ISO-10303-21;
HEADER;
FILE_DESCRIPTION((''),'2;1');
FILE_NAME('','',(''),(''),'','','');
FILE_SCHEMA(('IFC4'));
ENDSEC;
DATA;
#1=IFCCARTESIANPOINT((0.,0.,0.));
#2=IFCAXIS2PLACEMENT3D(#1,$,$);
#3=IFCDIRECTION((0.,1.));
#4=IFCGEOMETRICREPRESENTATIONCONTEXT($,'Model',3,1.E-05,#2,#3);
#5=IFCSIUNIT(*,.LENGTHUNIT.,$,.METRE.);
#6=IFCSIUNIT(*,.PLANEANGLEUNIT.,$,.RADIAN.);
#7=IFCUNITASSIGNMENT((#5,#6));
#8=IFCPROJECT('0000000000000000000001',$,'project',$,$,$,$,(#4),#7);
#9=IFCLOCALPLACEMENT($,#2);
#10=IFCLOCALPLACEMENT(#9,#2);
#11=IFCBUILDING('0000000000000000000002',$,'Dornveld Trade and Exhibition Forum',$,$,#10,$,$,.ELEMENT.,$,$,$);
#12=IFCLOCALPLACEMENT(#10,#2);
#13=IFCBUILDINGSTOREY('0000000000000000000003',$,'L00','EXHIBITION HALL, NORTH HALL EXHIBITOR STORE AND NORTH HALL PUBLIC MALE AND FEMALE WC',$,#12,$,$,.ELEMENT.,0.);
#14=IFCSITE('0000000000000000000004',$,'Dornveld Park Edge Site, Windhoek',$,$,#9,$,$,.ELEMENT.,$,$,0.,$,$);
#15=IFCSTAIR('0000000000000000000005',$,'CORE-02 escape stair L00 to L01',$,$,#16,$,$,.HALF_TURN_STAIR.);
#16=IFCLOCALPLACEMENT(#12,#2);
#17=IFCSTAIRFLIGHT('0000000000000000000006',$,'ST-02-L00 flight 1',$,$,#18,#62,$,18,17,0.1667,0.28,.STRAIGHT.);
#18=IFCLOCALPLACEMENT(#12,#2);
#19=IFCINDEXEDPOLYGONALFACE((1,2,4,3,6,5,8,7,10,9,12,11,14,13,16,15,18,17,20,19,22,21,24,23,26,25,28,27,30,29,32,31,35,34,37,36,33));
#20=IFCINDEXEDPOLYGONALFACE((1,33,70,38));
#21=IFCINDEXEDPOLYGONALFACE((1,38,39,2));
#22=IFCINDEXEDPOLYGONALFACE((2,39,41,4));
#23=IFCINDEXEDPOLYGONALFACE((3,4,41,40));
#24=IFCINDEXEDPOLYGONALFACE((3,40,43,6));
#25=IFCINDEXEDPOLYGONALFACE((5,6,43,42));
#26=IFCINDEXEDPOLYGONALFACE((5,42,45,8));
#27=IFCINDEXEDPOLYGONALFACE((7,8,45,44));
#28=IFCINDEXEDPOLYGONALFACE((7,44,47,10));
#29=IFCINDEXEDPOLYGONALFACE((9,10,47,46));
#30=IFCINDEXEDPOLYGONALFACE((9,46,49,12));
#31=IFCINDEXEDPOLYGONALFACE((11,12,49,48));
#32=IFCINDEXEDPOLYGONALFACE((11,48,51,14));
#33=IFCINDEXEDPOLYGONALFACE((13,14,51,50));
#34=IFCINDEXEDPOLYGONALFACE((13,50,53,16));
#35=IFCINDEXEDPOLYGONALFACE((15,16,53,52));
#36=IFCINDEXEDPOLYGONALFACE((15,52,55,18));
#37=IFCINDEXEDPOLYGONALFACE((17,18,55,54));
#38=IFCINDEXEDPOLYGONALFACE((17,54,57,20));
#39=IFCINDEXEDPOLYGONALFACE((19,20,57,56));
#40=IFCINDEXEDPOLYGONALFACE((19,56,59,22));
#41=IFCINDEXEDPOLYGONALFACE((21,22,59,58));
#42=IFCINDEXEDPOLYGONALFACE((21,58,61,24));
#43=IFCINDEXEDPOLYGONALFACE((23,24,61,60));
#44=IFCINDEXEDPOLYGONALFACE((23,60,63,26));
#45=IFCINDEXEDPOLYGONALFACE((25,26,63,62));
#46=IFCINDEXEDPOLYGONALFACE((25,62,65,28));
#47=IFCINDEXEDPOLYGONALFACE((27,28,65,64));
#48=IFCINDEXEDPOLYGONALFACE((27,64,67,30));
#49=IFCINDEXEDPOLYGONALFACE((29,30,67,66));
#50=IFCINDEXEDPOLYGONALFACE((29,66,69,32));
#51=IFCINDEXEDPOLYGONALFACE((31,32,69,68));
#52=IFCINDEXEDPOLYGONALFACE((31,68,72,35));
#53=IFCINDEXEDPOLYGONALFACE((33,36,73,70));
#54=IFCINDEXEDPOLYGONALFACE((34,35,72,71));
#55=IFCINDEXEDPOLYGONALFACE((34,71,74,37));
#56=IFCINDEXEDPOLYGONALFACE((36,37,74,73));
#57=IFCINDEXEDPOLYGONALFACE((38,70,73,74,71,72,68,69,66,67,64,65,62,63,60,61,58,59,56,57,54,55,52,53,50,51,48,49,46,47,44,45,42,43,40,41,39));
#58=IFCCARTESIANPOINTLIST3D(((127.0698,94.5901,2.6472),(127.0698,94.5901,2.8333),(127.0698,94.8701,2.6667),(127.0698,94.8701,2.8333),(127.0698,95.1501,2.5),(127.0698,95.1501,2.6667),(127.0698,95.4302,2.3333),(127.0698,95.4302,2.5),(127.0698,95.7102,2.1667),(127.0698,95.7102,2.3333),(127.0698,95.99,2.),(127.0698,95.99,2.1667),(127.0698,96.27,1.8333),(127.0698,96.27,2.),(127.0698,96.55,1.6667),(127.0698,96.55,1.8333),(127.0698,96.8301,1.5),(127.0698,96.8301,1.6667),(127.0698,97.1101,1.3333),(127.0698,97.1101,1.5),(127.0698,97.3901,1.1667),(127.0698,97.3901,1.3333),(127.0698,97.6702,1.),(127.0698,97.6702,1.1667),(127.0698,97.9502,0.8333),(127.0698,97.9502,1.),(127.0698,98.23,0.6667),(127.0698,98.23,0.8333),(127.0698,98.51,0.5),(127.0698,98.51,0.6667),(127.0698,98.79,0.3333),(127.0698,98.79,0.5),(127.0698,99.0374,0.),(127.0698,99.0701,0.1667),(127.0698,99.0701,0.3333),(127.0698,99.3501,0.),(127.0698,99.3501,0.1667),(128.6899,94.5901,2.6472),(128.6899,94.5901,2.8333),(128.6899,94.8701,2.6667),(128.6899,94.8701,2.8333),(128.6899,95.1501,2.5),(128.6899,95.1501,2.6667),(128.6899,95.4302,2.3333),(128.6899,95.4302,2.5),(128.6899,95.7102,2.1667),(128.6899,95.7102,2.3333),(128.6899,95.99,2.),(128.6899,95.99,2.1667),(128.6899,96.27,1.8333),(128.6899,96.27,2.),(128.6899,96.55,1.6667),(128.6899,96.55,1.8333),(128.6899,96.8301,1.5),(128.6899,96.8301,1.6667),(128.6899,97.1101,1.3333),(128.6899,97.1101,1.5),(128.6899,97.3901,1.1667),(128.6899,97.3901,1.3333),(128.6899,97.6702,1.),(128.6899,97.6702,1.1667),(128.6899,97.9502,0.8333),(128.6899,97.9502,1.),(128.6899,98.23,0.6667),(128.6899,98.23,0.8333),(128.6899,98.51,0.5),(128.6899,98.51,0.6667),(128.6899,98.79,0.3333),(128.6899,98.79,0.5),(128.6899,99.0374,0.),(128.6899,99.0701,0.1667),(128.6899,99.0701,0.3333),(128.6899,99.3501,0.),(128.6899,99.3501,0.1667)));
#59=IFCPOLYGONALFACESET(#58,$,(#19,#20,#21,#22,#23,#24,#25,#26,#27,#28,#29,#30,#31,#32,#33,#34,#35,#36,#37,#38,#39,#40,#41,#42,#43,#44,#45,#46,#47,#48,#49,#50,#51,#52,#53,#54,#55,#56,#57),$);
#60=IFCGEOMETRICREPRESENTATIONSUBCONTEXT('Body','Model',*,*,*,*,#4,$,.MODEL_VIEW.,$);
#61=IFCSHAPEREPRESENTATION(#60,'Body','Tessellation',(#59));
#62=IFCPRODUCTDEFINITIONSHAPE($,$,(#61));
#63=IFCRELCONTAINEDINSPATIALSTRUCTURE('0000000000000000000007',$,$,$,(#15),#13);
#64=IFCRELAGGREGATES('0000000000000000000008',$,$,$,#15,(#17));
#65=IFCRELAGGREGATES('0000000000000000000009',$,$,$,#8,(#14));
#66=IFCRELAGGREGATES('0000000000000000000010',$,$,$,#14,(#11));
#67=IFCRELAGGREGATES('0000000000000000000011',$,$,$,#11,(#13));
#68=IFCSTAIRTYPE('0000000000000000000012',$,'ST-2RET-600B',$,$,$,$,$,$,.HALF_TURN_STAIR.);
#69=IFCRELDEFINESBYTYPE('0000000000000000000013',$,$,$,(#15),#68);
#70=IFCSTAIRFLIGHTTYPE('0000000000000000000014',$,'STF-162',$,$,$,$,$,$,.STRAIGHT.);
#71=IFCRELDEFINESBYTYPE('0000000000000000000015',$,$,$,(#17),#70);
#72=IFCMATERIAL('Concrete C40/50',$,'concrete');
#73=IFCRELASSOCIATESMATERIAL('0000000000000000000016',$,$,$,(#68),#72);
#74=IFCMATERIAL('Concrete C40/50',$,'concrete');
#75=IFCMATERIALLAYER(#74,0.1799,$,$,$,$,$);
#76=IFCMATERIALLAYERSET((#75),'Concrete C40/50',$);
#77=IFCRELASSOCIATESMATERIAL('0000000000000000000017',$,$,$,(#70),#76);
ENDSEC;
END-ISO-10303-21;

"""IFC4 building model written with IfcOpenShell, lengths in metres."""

from ifc_helpers import new_model, si_unit, direction, frame, origin, place, context, subcontext, project, spatial, polyline, outline, extrude, material, layer, layer_set, type_object, element, aggregate, save


model = new_model("IFC4")

# Units and contexts
model_context = context("Model", 3, precision=1e-05, world=origin(), true_north=direction((0.0, 1.0)))
body_context = subcontext(model_context, "Body", "Model", "MODEL_VIEW")
ifc_project = project(units=[si_unit("LENGTHUNIT", "METRE"), si_unit("PLANEANGLEUNIT", "RADIAN")], contexts=[model_context])

# Site, building, storey
site_placement = place(None, origin())
site = spatial("IfcSite", under=ifc_project, at=site_placement, Name="Dornveld Park Edge Site, Windhoek", CompositionType="ELEMENT", RefElevation=0.0)
building_placement = place(site_placement, origin())
building = spatial("IfcBuilding", under=site, at=building_placement, Name="Dornveld Trade and Exhibition Forum", CompositionType="ELEMENT")
storey_placement = place(building_placement, origin())
storey = spatial("IfcBuildingStorey", under=building, at=storey_placement, Name="L00", Description="EXHIBITION HALL, NORTH HALL EXHIBITOR STORE AND NORTH HALL PUBLIC MALE AND FEMALE WC", CompositionType="ELEMENT", Elevation=0.0)

# Stair, stair flight
ifc_material_1 = material(Name="Concrete C40/50", Category="concrete")
stair_type = type_object("IfcStairType", Name="ST-2RET-600B", PredefinedType="HALF_TURN_STAIR", material=ifc_material_1)
stair_placement = place(storey_placement, origin())
stair = element("IfcStair", 1, at=stair_placement, inside=storey, type_object=stair_type, Name="CORE-02 escape stair L00 to L01", PredefinedType="HALF_TURN_STAIR")
ifc_material_2 = material(Name="Concrete C40/50", Category="concrete")
ifc_layer_1 = layer(ifc_material_2, 0.1799)
ifc_layer_set_1 = layer_set([ifc_layer_1], Name="Concrete C40/50")
stair_flight_type = type_object("IfcStairFlightType", Name="STF-162", PredefinedType="STRAIGHT", material=ifc_layer_set_1)
stair_flight_placement = place(storey_placement, frame((127.8799, 99.3501, 0.0), z_axis=(0.0, 0.0, 1.0), x_axis=(0.0, -1.0, 0.0)))
stair_flight = element("IfcStairFlight", 2, at=stair_flight_placement, type_object=stair_flight_type, Name="ST-02-L00 flight 1", NumberOfRisers=18, NumberOfTreads=17, PredefinedType="STRAIGHT", RiserHeight=0.1667, TreadLength=0.28, context=body_context, shape_type="SweptSolid", body=[
    extrude(outline(polyline([(0.0, 0.0), (0.0, 0.1667), (0.28, 0.1667), (0.28, 0.3333), (0.5601, 0.3333), (0.5601, 0.5), (0.8401, 0.5), (0.8401, 0.6667), (1.1201, 0.6667), (1.1201, 0.8333), (1.3999, 0.8333), (1.3999, 1.0), (1.6799, 1.0), (1.6799, 1.1667), (1.96, 1.1667), (1.96, 1.3333), (2.24, 1.3333), (2.24, 1.5), (2.52, 1.5), (2.52, 1.6667), (2.8, 1.6667), (2.8, 1.8333), (3.0801, 1.8333), (3.0801, 2.0), (3.3601, 2.0), (3.3601, 2.1667), (3.6399, 2.1667), (3.6399, 2.3333), (3.9199, 2.3333), (3.9199, 2.5), (4.2, 2.5), (4.2, 2.6667), (4.48, 2.6667), (4.48, 2.8333), (4.76, 2.8333), (4.76, 3.0), (4.76, 2.6472), (0.3127, 0.0), (0.0, 0.0)])), frame((0.0, 0.8101, 0.0), z_axis=(0.0, -1.0, 0.0), x_axis=(1.0, 0.0, 0.0)), (0.0, 0.0, 1.0), 1.6201),
])
aggregate(stair, [stair_flight])

save(model, "model.ifc")
